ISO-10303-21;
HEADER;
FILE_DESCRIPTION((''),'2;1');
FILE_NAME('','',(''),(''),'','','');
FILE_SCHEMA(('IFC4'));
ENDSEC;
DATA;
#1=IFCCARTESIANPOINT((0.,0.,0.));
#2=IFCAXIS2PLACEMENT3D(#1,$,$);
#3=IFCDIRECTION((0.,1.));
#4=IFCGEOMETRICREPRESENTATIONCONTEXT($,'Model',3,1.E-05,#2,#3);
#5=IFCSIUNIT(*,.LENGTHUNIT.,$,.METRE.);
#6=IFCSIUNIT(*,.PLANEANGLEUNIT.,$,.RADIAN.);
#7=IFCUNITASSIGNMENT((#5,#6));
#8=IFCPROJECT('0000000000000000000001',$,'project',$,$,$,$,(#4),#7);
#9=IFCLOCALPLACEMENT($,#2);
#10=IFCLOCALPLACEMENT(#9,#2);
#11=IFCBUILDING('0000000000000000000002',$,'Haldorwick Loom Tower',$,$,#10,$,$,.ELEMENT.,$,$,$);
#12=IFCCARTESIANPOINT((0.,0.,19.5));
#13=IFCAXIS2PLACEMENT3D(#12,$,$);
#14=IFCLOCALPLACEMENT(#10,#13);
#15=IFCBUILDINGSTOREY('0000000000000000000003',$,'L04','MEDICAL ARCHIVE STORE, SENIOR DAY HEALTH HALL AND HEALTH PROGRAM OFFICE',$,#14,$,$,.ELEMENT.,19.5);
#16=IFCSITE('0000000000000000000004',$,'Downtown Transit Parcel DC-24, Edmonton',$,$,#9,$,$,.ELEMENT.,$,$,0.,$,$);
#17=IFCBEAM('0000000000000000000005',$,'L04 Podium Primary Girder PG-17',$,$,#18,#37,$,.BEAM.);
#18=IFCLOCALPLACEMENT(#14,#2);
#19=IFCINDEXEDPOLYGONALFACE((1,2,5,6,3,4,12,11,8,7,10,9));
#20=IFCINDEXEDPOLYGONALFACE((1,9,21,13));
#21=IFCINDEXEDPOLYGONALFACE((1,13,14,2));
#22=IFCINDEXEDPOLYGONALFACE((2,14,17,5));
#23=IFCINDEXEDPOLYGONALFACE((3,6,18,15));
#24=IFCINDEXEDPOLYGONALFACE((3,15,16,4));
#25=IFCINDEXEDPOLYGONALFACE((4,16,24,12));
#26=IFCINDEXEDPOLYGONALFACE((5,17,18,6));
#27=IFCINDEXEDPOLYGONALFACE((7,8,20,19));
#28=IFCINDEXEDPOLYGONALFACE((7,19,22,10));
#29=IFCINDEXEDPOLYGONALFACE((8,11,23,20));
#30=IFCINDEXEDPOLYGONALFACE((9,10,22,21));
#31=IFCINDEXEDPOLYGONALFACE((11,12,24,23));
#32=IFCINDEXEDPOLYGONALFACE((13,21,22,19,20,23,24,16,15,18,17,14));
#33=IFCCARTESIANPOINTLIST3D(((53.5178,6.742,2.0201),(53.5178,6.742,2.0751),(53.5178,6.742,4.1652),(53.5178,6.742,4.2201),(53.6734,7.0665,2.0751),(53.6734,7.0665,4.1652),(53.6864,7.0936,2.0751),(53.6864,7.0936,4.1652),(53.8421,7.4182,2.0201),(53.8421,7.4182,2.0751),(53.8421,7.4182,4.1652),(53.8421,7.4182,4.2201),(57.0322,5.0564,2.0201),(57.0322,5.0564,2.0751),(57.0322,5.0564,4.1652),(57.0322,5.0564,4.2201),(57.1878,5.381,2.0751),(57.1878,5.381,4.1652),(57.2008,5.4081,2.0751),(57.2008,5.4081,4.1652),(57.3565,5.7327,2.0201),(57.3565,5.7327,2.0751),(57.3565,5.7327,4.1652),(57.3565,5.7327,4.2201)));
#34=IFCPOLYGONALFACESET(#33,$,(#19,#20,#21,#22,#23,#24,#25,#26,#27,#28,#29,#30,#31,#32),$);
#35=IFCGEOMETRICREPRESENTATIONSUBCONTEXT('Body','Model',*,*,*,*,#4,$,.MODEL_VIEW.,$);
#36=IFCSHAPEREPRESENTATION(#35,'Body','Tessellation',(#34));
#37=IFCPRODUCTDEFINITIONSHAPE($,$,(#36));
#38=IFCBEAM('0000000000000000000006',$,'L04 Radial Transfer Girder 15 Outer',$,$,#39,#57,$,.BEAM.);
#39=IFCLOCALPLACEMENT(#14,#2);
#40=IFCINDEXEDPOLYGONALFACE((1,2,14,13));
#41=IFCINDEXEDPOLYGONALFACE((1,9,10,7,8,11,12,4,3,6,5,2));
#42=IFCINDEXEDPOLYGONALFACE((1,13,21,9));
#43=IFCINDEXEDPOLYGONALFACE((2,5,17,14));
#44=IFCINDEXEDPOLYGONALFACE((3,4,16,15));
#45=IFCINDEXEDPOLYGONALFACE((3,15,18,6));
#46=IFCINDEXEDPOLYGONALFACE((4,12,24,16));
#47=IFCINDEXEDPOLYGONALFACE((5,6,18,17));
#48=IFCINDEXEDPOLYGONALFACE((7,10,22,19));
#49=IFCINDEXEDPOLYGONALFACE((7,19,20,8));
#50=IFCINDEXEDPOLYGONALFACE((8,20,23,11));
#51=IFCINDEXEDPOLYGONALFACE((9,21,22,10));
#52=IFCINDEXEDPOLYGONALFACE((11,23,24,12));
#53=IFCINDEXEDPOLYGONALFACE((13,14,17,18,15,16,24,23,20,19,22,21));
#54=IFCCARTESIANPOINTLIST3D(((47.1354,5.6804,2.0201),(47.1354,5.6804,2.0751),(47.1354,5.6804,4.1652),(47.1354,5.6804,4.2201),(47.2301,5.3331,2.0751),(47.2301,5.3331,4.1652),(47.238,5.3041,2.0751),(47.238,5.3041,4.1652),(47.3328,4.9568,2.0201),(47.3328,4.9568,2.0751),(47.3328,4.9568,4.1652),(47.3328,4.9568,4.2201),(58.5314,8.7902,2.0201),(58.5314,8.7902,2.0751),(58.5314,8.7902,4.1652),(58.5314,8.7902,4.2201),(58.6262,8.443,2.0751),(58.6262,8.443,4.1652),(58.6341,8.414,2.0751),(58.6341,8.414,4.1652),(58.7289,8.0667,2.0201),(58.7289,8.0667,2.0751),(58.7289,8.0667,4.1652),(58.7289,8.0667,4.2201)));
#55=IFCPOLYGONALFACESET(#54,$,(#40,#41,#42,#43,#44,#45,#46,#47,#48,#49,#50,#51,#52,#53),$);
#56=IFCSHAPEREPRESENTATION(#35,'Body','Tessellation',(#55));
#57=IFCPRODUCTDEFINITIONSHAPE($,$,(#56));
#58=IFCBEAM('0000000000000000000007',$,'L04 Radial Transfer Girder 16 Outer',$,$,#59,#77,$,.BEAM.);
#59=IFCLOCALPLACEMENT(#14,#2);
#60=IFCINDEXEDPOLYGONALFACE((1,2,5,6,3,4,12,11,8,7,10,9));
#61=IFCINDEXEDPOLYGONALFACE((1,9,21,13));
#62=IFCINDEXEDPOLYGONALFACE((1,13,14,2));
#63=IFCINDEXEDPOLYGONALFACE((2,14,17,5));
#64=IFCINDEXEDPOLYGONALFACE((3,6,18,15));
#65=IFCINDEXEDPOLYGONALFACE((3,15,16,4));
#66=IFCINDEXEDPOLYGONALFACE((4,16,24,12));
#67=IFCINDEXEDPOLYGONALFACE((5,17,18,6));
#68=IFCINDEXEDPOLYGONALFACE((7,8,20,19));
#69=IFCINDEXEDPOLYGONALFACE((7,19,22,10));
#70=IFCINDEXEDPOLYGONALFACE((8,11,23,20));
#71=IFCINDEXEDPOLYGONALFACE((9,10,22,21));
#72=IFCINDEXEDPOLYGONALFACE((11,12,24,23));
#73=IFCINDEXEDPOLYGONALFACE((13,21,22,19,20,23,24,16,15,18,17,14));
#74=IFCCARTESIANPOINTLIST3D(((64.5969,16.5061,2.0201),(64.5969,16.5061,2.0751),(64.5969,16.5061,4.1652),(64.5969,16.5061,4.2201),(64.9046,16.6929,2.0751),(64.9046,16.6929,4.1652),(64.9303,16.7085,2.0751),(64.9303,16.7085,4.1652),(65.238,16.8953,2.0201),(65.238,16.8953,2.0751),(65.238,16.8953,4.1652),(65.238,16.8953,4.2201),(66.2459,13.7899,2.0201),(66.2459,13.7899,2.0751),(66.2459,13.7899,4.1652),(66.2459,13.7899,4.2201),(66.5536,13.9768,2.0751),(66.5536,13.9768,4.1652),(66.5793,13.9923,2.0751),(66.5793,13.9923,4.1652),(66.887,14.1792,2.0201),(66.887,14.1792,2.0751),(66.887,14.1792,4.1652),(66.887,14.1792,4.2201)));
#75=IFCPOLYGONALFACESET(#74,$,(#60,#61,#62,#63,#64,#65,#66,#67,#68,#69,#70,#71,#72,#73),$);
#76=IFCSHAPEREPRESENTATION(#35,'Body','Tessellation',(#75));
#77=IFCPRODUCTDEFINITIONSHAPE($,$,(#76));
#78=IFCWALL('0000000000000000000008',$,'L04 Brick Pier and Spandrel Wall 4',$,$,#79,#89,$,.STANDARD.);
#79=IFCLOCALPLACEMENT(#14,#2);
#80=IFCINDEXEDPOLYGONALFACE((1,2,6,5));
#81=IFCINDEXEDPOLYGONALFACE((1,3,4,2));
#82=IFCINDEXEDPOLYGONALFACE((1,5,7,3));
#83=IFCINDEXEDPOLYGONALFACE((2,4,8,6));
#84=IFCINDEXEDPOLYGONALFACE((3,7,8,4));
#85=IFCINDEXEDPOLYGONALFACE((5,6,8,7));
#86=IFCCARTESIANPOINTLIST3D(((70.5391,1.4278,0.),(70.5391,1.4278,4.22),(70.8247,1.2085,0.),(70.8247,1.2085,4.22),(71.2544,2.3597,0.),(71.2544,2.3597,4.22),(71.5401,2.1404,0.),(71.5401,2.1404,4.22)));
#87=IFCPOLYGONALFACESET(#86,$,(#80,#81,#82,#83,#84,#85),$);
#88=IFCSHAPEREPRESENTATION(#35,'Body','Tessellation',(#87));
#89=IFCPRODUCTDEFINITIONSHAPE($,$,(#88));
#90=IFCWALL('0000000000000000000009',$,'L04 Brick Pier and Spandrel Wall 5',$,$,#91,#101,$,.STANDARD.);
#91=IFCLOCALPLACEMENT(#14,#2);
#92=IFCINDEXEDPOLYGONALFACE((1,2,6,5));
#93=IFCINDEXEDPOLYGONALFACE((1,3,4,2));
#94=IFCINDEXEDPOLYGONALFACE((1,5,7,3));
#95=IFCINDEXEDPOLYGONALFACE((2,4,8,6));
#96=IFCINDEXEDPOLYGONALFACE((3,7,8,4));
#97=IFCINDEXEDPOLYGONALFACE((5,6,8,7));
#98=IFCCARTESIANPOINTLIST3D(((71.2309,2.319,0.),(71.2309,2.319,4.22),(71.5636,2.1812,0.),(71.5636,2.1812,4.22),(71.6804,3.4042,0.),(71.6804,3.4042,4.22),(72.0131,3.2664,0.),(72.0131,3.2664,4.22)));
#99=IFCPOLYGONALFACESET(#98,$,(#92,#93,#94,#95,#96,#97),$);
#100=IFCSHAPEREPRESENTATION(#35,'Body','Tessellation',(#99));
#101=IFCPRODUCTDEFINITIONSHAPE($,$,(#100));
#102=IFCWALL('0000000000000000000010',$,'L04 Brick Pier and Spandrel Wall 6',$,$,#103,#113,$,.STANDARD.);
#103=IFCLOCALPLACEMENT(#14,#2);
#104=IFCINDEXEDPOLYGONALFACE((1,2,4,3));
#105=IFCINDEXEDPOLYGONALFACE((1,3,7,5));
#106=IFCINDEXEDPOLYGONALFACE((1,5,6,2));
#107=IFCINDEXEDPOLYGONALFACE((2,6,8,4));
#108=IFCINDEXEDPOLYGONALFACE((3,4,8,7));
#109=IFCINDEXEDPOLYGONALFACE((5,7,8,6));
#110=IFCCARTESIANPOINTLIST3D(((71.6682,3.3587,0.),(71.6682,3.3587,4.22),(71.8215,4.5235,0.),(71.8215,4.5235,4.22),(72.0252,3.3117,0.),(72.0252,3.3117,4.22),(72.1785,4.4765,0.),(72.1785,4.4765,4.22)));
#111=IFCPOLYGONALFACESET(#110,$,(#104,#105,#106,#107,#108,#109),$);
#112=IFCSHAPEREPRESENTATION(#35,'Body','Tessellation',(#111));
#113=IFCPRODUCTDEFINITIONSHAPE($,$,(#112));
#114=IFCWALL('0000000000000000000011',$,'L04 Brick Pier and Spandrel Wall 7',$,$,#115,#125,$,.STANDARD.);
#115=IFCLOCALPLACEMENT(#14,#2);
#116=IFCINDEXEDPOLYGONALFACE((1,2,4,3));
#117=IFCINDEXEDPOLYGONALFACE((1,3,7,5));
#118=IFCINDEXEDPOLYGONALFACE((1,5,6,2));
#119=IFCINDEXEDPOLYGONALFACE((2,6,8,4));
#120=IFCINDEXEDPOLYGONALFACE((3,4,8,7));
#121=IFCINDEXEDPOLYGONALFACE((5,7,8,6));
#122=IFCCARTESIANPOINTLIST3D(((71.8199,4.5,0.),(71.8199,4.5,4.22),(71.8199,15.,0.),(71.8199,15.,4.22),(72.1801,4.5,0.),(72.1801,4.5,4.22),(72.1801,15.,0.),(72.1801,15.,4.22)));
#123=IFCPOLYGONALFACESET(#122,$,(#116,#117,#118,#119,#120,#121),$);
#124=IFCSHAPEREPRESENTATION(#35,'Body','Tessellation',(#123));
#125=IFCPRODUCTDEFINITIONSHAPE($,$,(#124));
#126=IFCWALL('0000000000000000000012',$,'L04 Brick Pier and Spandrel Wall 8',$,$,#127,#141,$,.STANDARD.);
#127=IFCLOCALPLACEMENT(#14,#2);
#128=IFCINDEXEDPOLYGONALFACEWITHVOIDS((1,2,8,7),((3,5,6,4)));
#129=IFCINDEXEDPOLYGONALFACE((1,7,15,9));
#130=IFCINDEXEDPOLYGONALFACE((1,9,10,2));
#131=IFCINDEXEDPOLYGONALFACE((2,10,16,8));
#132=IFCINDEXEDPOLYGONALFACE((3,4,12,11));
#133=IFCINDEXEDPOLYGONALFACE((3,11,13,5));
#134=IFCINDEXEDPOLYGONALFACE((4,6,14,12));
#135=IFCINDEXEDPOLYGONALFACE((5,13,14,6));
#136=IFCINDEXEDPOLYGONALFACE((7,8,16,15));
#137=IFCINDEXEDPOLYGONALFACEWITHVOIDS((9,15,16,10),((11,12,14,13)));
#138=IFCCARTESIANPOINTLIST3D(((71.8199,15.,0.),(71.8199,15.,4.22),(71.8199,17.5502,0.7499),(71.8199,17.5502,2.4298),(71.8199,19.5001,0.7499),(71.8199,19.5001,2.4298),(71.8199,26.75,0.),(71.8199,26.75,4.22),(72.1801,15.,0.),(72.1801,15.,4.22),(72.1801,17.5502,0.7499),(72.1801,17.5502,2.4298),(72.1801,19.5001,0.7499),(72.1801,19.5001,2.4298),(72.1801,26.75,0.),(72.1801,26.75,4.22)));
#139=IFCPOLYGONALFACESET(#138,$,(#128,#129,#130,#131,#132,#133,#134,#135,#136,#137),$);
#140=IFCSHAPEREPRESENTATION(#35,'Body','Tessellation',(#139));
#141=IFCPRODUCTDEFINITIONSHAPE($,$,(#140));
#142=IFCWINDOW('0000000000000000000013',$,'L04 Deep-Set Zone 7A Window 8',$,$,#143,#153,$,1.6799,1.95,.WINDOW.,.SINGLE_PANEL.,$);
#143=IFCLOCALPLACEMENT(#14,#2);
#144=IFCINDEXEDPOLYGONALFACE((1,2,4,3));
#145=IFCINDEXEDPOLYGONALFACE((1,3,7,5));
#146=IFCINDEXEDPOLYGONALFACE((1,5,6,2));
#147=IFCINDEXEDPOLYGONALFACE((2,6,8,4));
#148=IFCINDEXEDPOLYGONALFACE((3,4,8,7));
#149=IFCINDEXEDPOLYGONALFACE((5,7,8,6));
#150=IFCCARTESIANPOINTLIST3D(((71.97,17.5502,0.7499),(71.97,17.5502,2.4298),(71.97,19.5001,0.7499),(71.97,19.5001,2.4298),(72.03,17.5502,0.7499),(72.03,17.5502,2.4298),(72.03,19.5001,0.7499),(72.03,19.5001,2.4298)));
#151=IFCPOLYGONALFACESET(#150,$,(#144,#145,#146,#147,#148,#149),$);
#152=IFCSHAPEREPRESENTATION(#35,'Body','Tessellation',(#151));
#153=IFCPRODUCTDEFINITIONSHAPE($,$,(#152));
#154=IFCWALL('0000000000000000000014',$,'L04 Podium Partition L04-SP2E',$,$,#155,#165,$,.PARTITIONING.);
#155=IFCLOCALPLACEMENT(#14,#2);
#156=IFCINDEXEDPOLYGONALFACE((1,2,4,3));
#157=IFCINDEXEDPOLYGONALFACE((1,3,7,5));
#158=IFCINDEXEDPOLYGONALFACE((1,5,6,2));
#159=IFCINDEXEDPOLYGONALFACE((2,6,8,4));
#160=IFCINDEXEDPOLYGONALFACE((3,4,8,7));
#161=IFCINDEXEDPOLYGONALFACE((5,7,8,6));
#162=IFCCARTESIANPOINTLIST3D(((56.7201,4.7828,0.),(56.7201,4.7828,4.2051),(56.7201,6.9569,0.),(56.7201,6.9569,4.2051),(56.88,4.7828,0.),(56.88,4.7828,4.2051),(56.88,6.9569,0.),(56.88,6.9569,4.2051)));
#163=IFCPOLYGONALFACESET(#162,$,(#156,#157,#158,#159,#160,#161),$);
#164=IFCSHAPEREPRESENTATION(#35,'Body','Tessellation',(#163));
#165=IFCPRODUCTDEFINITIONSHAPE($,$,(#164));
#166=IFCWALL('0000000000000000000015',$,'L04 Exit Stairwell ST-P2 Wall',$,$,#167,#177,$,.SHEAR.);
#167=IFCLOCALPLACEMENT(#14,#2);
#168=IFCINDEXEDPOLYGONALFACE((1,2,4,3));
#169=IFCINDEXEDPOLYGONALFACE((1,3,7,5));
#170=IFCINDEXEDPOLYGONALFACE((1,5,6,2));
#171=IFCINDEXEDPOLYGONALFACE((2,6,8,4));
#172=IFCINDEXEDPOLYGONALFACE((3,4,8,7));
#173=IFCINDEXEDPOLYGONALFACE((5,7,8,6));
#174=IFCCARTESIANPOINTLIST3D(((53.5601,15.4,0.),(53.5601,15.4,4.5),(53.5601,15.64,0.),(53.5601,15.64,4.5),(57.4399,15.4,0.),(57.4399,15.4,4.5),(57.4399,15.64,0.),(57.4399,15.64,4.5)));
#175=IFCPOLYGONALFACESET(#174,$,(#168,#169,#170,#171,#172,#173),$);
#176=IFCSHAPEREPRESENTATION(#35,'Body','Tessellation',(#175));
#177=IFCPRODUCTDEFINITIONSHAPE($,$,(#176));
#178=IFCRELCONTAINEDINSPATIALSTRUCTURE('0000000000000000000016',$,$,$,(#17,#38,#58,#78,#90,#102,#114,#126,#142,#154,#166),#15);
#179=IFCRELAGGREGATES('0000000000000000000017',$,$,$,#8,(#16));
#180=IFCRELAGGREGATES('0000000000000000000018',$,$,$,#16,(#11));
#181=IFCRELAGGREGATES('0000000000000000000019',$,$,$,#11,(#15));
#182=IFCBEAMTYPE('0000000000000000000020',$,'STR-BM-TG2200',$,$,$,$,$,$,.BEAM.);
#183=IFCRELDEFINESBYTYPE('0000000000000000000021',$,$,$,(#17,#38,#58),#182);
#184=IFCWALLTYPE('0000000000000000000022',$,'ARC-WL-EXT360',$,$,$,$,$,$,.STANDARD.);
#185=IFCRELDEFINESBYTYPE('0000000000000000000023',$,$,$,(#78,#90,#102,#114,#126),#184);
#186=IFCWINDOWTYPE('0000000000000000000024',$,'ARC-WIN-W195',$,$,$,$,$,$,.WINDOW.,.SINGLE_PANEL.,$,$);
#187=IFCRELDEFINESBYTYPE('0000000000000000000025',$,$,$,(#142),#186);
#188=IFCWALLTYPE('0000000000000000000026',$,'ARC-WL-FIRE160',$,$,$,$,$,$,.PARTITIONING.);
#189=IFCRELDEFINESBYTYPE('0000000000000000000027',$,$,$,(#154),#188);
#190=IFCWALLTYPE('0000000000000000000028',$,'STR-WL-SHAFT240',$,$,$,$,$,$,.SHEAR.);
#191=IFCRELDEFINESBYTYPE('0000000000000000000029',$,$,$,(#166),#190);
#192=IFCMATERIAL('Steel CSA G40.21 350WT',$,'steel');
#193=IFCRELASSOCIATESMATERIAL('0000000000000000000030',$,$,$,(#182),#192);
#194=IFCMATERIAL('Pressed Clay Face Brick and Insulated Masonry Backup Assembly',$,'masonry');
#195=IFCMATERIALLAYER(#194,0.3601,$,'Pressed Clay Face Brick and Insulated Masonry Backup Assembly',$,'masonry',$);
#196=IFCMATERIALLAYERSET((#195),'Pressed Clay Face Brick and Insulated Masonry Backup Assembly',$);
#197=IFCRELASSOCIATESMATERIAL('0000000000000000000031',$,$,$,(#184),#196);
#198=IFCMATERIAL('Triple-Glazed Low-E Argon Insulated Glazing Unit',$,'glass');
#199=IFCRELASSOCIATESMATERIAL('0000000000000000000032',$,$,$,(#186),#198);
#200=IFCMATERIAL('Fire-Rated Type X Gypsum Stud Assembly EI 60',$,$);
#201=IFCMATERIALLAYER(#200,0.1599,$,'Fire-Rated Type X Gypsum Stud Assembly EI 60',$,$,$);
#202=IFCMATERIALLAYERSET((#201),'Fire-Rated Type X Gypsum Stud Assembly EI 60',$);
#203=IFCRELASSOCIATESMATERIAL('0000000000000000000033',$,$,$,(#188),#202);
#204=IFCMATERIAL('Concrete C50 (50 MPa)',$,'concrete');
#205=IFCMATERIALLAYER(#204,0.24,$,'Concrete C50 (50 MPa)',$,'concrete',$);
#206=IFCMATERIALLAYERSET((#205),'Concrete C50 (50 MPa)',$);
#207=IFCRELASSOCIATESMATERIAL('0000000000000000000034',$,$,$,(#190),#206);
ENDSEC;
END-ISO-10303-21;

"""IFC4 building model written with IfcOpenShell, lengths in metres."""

from ifc_helpers import new_model, si_unit, direction, frame, frame_2d, origin, origin_2d, place, context, subcontext, project, spatial, rectangle, i_section, extrude, material, layer, layer_set, material_profile, profile_set, type_object, element, fill, save


model = new_model("IFC4")

# Units and contexts
model_context = context("Model", 3, precision=1e-05, world=origin(), true_north=direction((0.0, 1.0)))
body_context = subcontext(model_context, "Body", "Model", "MODEL_VIEW")
ifc_project = project(units=[si_unit("LENGTHUNIT", "METRE"), si_unit("PLANEANGLEUNIT", "RADIAN")], contexts=[model_context])

# Site, building, storey
site_placement = place(None, origin())
site = spatial("IfcSite", under=ifc_project, at=site_placement, Name="Downtown Transit Parcel DC-24, Edmonton", CompositionType="ELEMENT", RefElevation=0.0)
building_placement = place(site_placement, origin())
building = spatial("IfcBuilding", under=site, at=building_placement, Name="Haldorwick Loom Tower", CompositionType="ELEMENT")
storey_placement = place(building_placement, frame((0.0, 0.0, 19.5)))
storey = spatial("IfcBuildingStorey", under=building, at=storey_placement, Name="L04", Description="MEDICAL ARCHIVE STORE, SENIOR DAY HEALTH HALL AND HEALTH PROGRAM OFFICE", CompositionType="ELEMENT", Elevation=19.5)

# Beams
ifc_material_1 = material(Name="Steel CSA G40.21 350WT", Category="steel")
ifc_material_profile_1 = material_profile(ifc_material_1, i_section(OverallWidth=0.75, OverallDepth=2.2, WebThickness=0.03, FlangeThickness=0.0549, at=origin_2d()), Name="WWF2200X750", Category="steel")
ifc_profile_set_1 = profile_set([ifc_material_profile_1], Name="Steel CSA G40.21 350WT")
beam_type_1 = type_object("IfcBeamType", Name="STR-BM-TG2200", PredefinedType="BEAM", material=ifc_profile_set_1)
beam_1_placement = place(storey_placement, frame((57.1943, 5.3945, 3.1201), z_axis=(-0.90166, 0.432446, 0.0), x_axis=(-0.432446, -0.90166, 0.0)))
element("IfcBeam", 1, at=beam_1_placement, inside=storey, type_object=beam_type_1, Name="L04 Podium Primary Girder PG-17", PredefinedType="BEAM", context=body_context, shape_type="SweptSolid", body=[
    extrude(i_section(OverallWidth=0.75, OverallDepth=2.2, WebThickness=0.03, FlangeThickness=0.0549, at=origin_2d()), origin(), (0.0, 0.0, 1.0), 3.8977),
])
beam_2_placement = place(storey_placement, frame((58.6301, 8.4285, 3.1201), z_axis=(-0.964724, -0.263264, 0.0), x_axis=(0.263264, -0.964724, 0.0)))
element("IfcBeam", 2, at=beam_2_placement, inside=storey, type_object=beam_type_1, Name="L04 Radial Transfer Girder 15 Outer", PredefinedType="BEAM", context=body_context, shape_type="SweptSolid", body=[
    extrude(i_section(OverallWidth=0.75, OverallDepth=2.2, WebThickness=0.03, FlangeThickness=0.0549, at=origin_2d()), origin(), (0.0, 0.0, 1.0), 11.8127),
])
beam_3_placement = place(storey_placement, frame((64.9175, 16.7007, 3.1201), z_axis=(0.518952, -0.854803, 0.0), x_axis=(0.854803, 0.518952, 0.0)))
element("IfcBeam", 3, at=beam_3_placement, inside=storey, type_object=beam_type_1, Name="L04 Radial Transfer Girder 16 Outer", PredefinedType="BEAM", context=body_context, shape_type="SweptSolid", body=[
    extrude(i_section(OverallWidth=0.75, OverallDepth=2.2, WebThickness=0.03, FlangeThickness=0.0549, at=origin_2d()), origin(), (0.0, 0.0, 1.0), 3.1775),
])

# Walls
ifc_material_2 = material(Name="Pressed Clay Face Brick and Insulated Masonry Backup Assembly", Category="masonry")
ifc_layer_1 = layer(ifc_material_2, 0.3601, Name="Pressed Clay Face Brick and Insulated Masonry Backup Assembly", Category="masonry")
ifc_layer_set_1 = layer_set([ifc_layer_1], Name="Pressed Clay Face Brick and Insulated Masonry Backup Assembly")
wall_type_1 = type_object("IfcWallType", Name="ARC-WL-EXT360", PredefinedType="STANDARD", material=ifc_layer_set_1)
wall_1_placement = place(storey_placement, frame((70.6819, 1.3181, 0.0), z_axis=(0.0, 0.0, 1.0), x_axis=(0.608907, 0.793242, 0.0)))
element("IfcWall", 4, at=wall_1_placement, inside=storey, type_object=wall_type_1, Name="L04 Brick Pier and Spandrel Wall 4", PredefinedType="STANDARD", context=body_context, shape_type="SweptSolid", body=[
    extrude(rectangle(XDim=1.1748, YDim=0.3601, at=frame_2d((0.5874, 0.0))), origin(), (0.0, 0.0, 1.0), 4.22),
])
wall_2_placement = place(storey_placement, frame((71.3972, 2.25, 0.0), z_axis=(0.0, 0.0, 1.0), x_axis=(0.382652, 0.923893, 0.0)))
element("IfcWall", 5, at=wall_2_placement, inside=storey, type_object=wall_type_1, Name="L04 Brick Pier and Spandrel Wall 5", PredefinedType="STANDARD", context=body_context, shape_type="SweptSolid", body=[
    extrude(rectangle(XDim=1.1746, YDim=0.3601, at=frame_2d((0.5874, 0.0))), origin(), (0.0, 0.0, 1.0), 4.22),
])
wall_3_placement = place(storey_placement, frame((71.8467, 3.3352, 0.0), z_axis=(0.0, 0.0, 1.0), x_axis=(0.130503, 0.991448, 0.0)))
element("IfcWall", 6, at=wall_3_placement, inside=storey, type_object=wall_type_1, Name="L04 Brick Pier and Spandrel Wall 6", PredefinedType="STANDARD", context=body_context, shape_type="SweptSolid", body=[
    extrude(rectangle(XDim=1.1748, YDim=0.3601, at=frame_2d((0.5874, 0.0))), origin(), (0.0, 0.0, 1.0), 4.22),
])
wall_4_placement = place(storey_placement, frame((72.0, 4.5, 0.0), z_axis=(0.0, 0.0, 1.0), x_axis=(0.0, 1.0, 0.0)))
element("IfcWall", 7, at=wall_4_placement, inside=storey, type_object=wall_type_1, Name="L04 Brick Pier and Spandrel Wall 7", PredefinedType="STANDARD", context=body_context, shape_type="SweptSolid", body=[
    extrude(rectangle(XDim=10.5, YDim=0.3601, at=frame_2d((5.25, 0.0))), origin(), (0.0, 0.0, 1.0), 4.22),
])

# Wall, opening, window
wall_5_placement = place(storey_placement, frame((72.0, 15.0, 0.0), z_axis=(0.0, 0.0, 1.0), x_axis=(0.0, 1.0, 0.0)))
wall_5 = element("IfcWall", 8, at=wall_5_placement, inside=storey, type_object=wall_type_1, Name="L04 Brick Pier and Spandrel Wall 8", PredefinedType="STANDARD", context=body_context, shape_type="SweptSolid", body=[
    extrude(rectangle(XDim=11.75, YDim=0.3601, at=frame_2d((5.875, 0.0))), origin(), (0.0, 0.0, 1.0), 4.22),
])
opening_1_placement = place(wall_5_placement, frame((2.55, 0.0, 0.75)))
opening_1 = element("IfcOpeningElement", 9, at=opening_1_placement, cuts=wall_5, PredefinedType="OPENING", context=body_context, shape_type="SweptSolid", body=[
    extrude(rectangle(XDim=1.95, YDim=1.6799, at=frame_2d((0.9751, 0.8398))), frame((0.0, 0.1899, 0.0), z_axis=(0.0, -1.0, 0.0), x_axis=(1.0, 0.0, 0.0)), (0.0, 0.0, 1.0), 0.3801),
])
ifc_material_3 = material(Name="Triple-Glazed Low-E Argon Insulated Glazing Unit", Category="glass")
window_type = type_object("IfcWindowType", Name="ARC-WIN-W195", PartitioningType="SINGLE_PANEL", PredefinedType="WINDOW", material=ifc_material_3)
window_placement = place(opening_1_placement, origin())
window = element("IfcWindow", 10, at=window_placement, inside=storey, type_object=window_type, Name="L04 Deep-Set Zone 7A Window 8", OverallHeight=1.6799, OverallWidth=1.95, PartitioningType="SINGLE_PANEL", PredefinedType="WINDOW", context=body_context, shape_type="SweptSolid", body=[
    extrude(rectangle(XDim=1.95, YDim=1.6799, at=frame_2d((0.9751, 0.8398))), frame((0.0, 0.03, 0.0), z_axis=(0.0, -1.0, 0.0), x_axis=(1.0, 0.0, 0.0)), (0.0, 0.0, 1.0), 0.0601),
])
fill(opening_1, window)

# Walls
ifc_material_4 = material(Name="Fire-Rated Type X Gypsum Stud Assembly EI 60")
ifc_layer_2 = layer(ifc_material_4, 0.1599, Name="Fire-Rated Type X Gypsum Stud Assembly EI 60")
ifc_layer_set_2 = layer_set([ifc_layer_2], Name="Fire-Rated Type X Gypsum Stud Assembly EI 60")
wall_type_2 = type_object("IfcWallType", Name="ARC-WL-FIRE160", PredefinedType="PARTITIONING", material=ifc_layer_set_2)
wall_6_placement = place(storey_placement, frame((56.8, 4.783, 0.0), z_axis=(0.0, 0.0, 1.0), x_axis=(0.0, 1.0, 0.0)))
element("IfcWall", 11, at=wall_6_placement, inside=storey, type_object=wall_type_2, Name="L04 Podium Partition L04-SP2E", PredefinedType="PARTITIONING", context=body_context, shape_type="SweptSolid", body=[
    extrude(rectangle(XDim=2.1741, YDim=0.1599, at=frame_2d((1.0869, 0.0))), origin(), (0.0, 0.0, 1.0), 4.2051),
])
ifc_material_5 = material(Name="Concrete C50 (50 MPa)", Category="concrete")
ifc_layer_3 = layer(ifc_material_5, 0.24, Name="Concrete C50 (50 MPa)", Category="concrete")
ifc_layer_set_3 = layer_set([ifc_layer_3], Name="Concrete C50 (50 MPa)")
wall_type_3 = type_object("IfcWallType", Name="STR-WL-SHAFT240", PredefinedType="SHEAR", material=ifc_layer_set_3)
wall_7_placement = place(storey_placement, frame((57.4399, 15.52, 0.0), z_axis=(0.0, 0.0, 1.0), x_axis=(-1.0, 0.0, 0.0)))
element("IfcWall", 12, at=wall_7_placement, inside=storey, type_object=wall_type_3, Name="L04 Exit Stairwell ST-P2 Wall", PredefinedType="SHEAR", context=body_context, shape_type="SweptSolid", body=[
    extrude(rectangle(XDim=3.8799, YDim=0.24, at=frame_2d((1.9399, 0.0))), origin(), (0.0, 0.0, 1.0), 4.5),
])

save(model, "model.ifc")
